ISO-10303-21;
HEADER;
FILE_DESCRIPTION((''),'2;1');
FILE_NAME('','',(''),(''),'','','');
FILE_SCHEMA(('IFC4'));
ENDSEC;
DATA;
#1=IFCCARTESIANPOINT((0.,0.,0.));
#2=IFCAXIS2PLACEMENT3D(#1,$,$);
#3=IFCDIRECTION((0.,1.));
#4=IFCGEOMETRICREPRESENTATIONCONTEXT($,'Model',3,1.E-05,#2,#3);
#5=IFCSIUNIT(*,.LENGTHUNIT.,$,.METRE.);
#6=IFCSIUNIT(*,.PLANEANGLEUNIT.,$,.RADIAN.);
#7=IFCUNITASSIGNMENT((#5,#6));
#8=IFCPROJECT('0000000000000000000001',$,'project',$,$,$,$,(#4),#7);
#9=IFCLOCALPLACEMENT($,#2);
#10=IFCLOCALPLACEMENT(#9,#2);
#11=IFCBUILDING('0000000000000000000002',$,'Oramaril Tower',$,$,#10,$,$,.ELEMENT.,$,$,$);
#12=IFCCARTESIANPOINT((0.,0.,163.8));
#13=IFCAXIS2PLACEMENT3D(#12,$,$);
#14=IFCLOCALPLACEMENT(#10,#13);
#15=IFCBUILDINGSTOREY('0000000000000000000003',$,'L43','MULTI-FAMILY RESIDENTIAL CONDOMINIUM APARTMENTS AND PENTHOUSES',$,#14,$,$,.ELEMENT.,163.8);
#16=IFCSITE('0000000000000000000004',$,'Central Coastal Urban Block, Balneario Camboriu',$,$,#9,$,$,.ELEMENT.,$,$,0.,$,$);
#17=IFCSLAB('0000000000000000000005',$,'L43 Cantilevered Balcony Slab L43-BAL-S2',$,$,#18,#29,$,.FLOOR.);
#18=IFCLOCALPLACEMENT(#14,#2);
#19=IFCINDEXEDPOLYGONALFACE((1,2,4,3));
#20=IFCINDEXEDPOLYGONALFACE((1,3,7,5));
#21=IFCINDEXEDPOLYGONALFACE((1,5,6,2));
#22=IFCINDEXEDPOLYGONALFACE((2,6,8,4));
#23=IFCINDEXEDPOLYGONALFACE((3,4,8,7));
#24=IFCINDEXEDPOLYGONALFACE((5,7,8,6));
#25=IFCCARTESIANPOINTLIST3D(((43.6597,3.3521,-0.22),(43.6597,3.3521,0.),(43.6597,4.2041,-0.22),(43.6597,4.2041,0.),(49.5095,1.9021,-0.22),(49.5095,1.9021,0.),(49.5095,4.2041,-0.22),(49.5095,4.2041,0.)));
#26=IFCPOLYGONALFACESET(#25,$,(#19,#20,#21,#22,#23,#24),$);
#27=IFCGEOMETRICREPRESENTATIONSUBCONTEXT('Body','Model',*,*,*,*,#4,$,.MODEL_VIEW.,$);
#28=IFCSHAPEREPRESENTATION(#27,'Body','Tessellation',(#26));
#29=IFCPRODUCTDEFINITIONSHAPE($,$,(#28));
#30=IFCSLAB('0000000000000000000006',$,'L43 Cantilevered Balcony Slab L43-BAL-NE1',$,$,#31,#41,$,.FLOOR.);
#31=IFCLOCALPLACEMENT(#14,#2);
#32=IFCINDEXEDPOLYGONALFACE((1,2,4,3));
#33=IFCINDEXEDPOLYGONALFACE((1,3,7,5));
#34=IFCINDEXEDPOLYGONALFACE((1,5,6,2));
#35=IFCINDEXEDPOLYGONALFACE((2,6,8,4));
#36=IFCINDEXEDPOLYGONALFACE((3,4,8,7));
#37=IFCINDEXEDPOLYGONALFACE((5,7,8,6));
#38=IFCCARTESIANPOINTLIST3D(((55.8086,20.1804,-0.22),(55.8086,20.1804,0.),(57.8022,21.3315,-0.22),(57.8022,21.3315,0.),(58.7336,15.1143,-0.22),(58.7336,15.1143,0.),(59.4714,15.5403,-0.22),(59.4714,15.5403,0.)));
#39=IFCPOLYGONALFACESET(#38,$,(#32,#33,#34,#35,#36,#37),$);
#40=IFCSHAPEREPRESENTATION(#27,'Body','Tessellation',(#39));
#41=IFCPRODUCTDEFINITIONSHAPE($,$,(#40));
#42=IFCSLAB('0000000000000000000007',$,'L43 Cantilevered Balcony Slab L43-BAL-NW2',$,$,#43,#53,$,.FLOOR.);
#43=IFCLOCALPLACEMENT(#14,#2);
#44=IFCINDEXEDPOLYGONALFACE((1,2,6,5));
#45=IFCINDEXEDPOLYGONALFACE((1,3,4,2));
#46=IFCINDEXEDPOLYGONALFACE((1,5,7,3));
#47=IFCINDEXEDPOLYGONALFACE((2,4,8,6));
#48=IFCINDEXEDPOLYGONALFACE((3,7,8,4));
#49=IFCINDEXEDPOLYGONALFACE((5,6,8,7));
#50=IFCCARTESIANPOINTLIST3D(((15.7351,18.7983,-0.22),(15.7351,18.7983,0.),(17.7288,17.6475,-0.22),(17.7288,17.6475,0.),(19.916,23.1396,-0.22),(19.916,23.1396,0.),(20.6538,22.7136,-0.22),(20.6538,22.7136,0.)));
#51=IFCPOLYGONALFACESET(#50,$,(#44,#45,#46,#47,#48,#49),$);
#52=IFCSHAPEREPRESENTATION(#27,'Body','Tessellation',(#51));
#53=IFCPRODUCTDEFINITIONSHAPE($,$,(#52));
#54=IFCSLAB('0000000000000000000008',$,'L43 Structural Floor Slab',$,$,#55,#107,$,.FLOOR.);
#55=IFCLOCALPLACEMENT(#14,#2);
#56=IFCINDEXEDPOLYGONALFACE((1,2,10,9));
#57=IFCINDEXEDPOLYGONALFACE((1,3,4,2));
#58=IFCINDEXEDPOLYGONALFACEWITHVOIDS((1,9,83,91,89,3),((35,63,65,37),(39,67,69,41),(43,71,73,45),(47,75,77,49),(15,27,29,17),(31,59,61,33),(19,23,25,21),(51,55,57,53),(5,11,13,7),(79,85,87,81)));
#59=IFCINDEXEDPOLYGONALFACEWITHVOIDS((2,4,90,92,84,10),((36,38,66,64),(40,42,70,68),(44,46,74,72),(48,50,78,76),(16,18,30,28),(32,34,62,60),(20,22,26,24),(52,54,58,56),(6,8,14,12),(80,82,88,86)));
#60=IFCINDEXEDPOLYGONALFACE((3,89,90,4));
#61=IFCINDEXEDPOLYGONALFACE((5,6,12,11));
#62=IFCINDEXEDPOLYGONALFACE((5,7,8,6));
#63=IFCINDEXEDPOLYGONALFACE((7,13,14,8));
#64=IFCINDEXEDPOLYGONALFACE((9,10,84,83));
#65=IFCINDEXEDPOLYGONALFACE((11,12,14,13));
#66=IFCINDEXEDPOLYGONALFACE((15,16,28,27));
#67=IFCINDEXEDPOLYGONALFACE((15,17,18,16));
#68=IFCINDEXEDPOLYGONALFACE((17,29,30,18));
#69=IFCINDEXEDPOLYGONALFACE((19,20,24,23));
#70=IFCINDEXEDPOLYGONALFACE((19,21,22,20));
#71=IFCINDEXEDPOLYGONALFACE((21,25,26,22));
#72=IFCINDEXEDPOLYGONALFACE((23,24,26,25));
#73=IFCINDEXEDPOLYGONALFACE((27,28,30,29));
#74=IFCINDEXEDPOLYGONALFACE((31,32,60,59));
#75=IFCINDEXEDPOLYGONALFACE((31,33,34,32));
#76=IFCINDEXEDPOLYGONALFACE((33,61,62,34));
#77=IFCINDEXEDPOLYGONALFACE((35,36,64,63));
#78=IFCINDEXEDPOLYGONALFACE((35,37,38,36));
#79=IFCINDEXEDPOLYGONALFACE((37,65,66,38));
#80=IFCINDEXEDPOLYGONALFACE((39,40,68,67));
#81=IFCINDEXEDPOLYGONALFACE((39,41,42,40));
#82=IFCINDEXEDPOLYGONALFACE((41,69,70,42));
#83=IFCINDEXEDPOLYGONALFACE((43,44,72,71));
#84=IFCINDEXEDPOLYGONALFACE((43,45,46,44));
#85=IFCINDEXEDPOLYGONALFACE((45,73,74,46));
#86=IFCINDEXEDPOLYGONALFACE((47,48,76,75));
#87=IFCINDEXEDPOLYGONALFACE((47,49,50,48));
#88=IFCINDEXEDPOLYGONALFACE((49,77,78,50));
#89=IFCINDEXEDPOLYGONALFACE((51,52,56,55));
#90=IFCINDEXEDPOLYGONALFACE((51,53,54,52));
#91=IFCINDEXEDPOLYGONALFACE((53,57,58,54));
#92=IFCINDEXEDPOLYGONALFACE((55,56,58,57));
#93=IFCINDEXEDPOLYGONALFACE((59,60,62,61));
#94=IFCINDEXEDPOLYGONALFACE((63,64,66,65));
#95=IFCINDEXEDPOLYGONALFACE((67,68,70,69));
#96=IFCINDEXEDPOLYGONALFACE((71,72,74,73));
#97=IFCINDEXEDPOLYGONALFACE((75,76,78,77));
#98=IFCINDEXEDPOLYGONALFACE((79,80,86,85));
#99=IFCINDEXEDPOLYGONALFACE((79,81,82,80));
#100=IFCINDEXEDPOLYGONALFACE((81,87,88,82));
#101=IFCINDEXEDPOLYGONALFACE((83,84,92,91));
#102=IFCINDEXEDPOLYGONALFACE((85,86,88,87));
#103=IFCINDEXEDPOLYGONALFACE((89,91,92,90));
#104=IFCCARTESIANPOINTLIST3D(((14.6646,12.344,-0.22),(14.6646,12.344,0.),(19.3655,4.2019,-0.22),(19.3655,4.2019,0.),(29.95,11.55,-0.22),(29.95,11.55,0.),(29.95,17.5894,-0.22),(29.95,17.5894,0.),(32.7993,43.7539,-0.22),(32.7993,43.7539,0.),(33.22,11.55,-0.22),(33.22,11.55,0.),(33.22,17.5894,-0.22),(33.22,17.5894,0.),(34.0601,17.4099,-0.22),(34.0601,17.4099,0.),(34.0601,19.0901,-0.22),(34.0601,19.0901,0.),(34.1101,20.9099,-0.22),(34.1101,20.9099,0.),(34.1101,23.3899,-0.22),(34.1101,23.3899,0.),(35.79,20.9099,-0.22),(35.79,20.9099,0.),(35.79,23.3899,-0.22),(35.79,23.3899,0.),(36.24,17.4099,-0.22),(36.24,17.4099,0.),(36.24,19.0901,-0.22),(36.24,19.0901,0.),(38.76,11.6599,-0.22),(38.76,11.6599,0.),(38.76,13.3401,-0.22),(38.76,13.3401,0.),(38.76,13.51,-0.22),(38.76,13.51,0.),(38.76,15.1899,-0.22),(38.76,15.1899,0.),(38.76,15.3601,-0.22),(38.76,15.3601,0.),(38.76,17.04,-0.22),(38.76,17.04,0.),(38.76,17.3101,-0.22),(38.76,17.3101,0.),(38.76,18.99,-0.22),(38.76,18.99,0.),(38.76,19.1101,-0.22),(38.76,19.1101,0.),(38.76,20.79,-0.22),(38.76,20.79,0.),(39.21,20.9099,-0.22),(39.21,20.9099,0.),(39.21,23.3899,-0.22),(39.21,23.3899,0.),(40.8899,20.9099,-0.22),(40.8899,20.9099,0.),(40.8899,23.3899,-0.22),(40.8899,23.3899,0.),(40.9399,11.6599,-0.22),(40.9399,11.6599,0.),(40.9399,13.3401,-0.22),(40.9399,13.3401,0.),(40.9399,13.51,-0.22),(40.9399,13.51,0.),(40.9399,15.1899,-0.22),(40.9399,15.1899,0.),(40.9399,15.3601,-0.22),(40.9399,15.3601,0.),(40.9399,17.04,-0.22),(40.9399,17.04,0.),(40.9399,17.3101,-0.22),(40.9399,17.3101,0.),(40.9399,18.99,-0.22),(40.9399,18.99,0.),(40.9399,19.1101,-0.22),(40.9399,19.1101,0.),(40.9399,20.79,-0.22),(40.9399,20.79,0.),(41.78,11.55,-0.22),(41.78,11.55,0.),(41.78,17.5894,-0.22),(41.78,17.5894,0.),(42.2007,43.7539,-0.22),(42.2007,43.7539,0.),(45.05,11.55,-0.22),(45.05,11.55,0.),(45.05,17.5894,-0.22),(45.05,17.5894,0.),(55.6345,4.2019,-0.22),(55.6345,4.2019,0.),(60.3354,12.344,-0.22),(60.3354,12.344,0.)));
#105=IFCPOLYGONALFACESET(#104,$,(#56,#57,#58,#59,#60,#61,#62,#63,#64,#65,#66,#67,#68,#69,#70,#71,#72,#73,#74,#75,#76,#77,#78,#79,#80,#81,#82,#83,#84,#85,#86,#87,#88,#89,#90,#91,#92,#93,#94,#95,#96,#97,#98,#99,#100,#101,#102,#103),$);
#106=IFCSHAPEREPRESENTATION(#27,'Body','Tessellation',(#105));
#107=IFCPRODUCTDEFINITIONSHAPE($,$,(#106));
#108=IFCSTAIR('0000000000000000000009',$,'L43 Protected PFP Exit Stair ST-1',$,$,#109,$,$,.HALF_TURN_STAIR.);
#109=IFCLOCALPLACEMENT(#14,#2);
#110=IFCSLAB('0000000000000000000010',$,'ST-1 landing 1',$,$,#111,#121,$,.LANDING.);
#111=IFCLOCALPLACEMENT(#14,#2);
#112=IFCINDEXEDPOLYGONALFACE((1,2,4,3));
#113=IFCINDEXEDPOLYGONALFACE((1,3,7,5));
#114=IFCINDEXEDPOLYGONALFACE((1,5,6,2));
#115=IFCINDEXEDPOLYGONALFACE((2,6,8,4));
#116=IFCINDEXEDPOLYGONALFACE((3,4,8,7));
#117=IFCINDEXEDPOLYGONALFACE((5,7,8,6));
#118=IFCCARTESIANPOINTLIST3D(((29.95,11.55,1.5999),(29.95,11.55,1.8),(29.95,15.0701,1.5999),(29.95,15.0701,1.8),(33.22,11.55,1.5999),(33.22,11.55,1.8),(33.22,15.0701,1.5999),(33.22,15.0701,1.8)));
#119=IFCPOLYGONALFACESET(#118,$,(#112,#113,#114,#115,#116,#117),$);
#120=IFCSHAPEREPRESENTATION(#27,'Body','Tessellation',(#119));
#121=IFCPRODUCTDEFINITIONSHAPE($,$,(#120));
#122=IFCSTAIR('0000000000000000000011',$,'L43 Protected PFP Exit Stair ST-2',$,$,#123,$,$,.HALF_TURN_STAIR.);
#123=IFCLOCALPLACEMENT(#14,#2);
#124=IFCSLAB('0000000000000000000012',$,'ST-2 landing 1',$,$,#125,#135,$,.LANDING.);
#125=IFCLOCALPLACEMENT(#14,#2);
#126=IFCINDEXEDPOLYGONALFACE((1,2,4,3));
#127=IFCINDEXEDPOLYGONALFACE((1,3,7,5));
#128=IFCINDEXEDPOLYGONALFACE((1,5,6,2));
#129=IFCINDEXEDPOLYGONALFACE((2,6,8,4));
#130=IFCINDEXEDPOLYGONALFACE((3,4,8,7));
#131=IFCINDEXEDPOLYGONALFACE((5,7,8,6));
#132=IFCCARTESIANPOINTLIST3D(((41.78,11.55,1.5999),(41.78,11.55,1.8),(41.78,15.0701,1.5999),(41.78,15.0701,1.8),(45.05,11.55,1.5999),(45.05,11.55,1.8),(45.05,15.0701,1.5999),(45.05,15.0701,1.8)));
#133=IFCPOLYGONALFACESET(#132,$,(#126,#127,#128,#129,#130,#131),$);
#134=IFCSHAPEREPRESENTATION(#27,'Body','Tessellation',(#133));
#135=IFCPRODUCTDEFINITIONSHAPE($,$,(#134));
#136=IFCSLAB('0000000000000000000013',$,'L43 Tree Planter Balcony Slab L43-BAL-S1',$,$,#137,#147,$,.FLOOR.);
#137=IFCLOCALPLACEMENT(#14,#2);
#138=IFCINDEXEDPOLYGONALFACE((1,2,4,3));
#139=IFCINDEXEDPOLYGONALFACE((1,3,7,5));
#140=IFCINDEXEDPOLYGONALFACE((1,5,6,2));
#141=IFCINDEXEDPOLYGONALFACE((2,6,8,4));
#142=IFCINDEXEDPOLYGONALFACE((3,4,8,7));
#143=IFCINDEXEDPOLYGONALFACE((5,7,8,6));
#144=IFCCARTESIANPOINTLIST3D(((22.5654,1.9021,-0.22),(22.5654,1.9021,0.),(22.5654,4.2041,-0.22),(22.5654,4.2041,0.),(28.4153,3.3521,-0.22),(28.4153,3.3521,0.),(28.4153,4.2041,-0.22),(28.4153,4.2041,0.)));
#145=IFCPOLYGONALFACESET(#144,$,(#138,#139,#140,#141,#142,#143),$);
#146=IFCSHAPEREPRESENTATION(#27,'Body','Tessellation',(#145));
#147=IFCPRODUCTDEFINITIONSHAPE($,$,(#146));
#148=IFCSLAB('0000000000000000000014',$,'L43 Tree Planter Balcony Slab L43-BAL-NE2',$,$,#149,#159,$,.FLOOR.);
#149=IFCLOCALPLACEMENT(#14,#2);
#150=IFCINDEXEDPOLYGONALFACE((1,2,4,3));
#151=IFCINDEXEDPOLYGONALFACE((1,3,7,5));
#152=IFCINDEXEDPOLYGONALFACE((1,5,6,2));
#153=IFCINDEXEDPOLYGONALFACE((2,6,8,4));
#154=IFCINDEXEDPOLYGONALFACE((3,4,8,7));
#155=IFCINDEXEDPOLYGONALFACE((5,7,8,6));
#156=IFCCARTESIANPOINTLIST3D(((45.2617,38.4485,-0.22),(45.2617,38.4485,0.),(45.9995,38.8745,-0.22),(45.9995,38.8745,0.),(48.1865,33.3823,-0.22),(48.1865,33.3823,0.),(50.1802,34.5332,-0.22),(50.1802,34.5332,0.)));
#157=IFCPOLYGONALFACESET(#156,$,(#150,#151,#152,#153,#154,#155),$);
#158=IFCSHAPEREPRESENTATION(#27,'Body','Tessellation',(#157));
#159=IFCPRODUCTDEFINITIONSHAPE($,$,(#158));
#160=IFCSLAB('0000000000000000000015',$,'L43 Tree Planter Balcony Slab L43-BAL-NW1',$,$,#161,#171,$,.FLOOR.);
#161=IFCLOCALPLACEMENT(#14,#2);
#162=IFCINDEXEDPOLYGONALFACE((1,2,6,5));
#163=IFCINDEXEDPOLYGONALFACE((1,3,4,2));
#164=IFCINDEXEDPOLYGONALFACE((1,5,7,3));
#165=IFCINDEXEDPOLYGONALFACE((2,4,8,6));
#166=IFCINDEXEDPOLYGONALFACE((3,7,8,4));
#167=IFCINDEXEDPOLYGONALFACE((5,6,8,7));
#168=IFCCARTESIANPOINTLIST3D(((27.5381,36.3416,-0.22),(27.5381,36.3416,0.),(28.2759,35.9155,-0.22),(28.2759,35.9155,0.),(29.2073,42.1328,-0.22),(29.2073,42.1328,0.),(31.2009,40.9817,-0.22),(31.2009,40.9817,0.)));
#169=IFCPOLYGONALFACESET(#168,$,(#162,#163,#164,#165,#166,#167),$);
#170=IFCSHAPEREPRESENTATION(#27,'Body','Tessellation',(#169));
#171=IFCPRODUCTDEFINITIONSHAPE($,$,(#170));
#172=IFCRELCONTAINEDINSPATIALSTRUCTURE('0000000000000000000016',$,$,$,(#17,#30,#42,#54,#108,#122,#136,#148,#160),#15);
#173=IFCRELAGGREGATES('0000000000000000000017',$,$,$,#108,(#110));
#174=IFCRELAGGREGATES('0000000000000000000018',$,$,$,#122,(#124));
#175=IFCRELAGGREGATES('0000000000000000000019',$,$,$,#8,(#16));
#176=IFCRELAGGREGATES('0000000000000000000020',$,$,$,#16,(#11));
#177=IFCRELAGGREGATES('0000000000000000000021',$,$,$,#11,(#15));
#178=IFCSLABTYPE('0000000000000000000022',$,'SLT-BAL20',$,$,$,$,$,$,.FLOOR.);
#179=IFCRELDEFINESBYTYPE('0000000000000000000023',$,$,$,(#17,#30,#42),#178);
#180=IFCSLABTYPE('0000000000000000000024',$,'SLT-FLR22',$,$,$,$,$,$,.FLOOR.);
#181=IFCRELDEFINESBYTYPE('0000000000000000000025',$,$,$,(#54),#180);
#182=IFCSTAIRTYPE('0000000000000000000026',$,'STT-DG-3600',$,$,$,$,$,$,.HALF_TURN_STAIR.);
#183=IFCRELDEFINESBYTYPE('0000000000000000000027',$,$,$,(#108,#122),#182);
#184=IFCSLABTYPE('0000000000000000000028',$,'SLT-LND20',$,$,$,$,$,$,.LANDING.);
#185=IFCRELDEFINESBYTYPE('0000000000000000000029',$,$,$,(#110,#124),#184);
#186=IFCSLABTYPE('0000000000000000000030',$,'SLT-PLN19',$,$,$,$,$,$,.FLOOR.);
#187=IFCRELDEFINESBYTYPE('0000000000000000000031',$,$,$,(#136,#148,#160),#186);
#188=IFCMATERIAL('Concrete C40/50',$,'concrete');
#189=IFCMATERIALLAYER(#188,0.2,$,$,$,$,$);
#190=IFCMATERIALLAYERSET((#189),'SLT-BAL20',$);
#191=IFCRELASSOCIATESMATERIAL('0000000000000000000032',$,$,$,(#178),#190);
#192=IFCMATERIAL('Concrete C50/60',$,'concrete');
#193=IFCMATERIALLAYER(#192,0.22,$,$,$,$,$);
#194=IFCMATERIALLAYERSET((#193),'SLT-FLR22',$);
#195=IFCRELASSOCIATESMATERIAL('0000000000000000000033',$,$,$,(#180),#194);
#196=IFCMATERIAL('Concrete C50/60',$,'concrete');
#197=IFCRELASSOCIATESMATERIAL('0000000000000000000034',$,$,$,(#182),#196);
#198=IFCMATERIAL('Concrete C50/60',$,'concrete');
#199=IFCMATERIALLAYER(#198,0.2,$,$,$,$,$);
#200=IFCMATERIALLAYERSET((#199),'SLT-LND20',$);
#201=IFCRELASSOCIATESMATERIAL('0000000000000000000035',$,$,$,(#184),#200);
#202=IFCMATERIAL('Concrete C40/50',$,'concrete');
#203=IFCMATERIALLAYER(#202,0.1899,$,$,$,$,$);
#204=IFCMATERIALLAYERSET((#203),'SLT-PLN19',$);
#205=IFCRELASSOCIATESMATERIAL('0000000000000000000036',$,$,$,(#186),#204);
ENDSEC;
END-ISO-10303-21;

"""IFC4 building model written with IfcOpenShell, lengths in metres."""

from ifc_helpers import new_model, si_unit, direction, frame, origin, place, context, subcontext, project, spatial, polyline, outline, extrude, material, layer, layer_set, type_object, element, aggregate, save


model = new_model("IFC4")

# Units and contexts
model_context = context("Model", 3, precision=1e-05, world=origin(), true_north=direction((0.0, 1.0)))
body_context = subcontext(model_context, "Body", "Model", "MODEL_VIEW")
ifc_project = project(units=[si_unit("LENGTHUNIT", "METRE"), si_unit("PLANEANGLEUNIT", "RADIAN")], contexts=[model_context])

# Site, building, storey
site_placement = place(None, origin())
site = spatial("IfcSite", under=ifc_project, at=site_placement, Name="Central Coastal Urban Block, Balneario Camboriu", CompositionType="ELEMENT", RefElevation=0.0)
building_placement = place(site_placement, origin())
building = spatial("IfcBuilding", under=site, at=building_placement, Name="Oramaril Tower", CompositionType="ELEMENT")
storey_placement = place(building_placement, frame((0.0, 0.0, 163.8)))
storey = spatial("IfcBuildingStorey", under=building, at=storey_placement, Name="L43", Description="MULTI-FAMILY RESIDENTIAL CONDOMINIUM APARTMENTS AND PENTHOUSES", CompositionType="ELEMENT", Elevation=163.8)

# Slabs
ifc_material_1 = material(Name="Concrete C40/50", Category="concrete")
ifc_layer_1 = layer(ifc_material_1, 0.2)
ifc_layer_set_1 = layer_set([ifc_layer_1], Name="SLT-BAL20")
slab_type_1 = type_object("IfcSlabType", Name="SLT-BAL20", PredefinedType="FLOOR", material=ifc_layer_set_1)
slab_1_placement = place(storey_placement, frame((0.0, 0.0, -0.22)))
element("IfcSlab", 1, at=slab_1_placement, inside=storey, type_object=slab_type_1, Name="L43 Cantilevered Balcony Slab L43-BAL-S2", PredefinedType="FLOOR", context=body_context, shape_type="SweptSolid", body=[
    extrude(outline(polyline([(43.6597, 4.2041), (49.5095, 4.2041), (49.5095, 1.9021), (43.6597, 3.3521), (43.6597, 4.2041)])), origin(), (0.0, 0.0, 1.0), 0.22),
])
slab_2_placement = place(storey_placement, frame((0.0, 0.0, -0.22)))
element("IfcSlab", 2, at=slab_2_placement, inside=storey, type_object=slab_type_1, Name="L43 Cantilevered Balcony Slab L43-BAL-NE1", PredefinedType="FLOOR", context=body_context, shape_type="SweptSolid", body=[
    extrude(outline(polyline([(58.7336, 15.1143), (55.8086, 20.1804), (57.8022, 21.3315), (59.4714, 15.5403), (58.7336, 15.1143)])), origin(), (0.0, 0.0, 1.0), 0.22),
])
slab_3_placement = place(storey_placement, frame((0.0, 0.0, -0.22)))
element("IfcSlab", 3, at=slab_3_placement, inside=storey, type_object=slab_type_1, Name="L43 Cantilevered Balcony Slab L43-BAL-NW2", PredefinedType="FLOOR", context=body_context, shape_type="SweptSolid", body=[
    extrude(outline(polyline([(20.6538, 22.7136), (17.7288, 17.6475), (15.7351, 18.7983), (19.916, 23.1396), (20.6538, 22.7136)])), origin(), (0.0, 0.0, 1.0), 0.22),
])
ifc_material_2 = material(Name="Concrete C50/60", Category="concrete")
ifc_layer_2 = layer(ifc_material_2, 0.22)
ifc_layer_set_2 = layer_set([ifc_layer_2], Name="SLT-FLR22")
slab_type_2 = type_object("IfcSlabType", Name="SLT-FLR22", PredefinedType="FLOOR", material=ifc_layer_set_2)
slab_4_placement = place(storey_placement, frame((0.0, 0.0, -0.22)))
element("IfcSlab", 4, at=slab_4_placement, inside=storey, type_object=slab_type_2, Name="L43 Structural Floor Slab", PredefinedType="FLOOR", context=body_context, shape_type="SweptSolid", body=[
    extrude(outline(polyline([(14.6646, 12.344), (19.3655, 4.2019), (55.6345, 4.2019), (60.3354, 12.344), (42.2007, 43.7539), (32.7993, 43.7539), (14.6646, 12.344)]), holes=[polyline([(29.95, 17.5894), (29.95, 11.55), (33.22, 11.55), (33.22, 17.5894), (29.95, 17.5894)]), polyline([(41.78, 17.5894), (41.78, 11.55), (45.05, 11.55), (45.05, 17.5894), (41.78, 17.5894)]), polyline([(34.1101, 20.9099), (35.79, 20.9099), (35.79, 23.3899), (34.1101, 23.3899), (34.1101, 20.9099)]), polyline([(39.21, 20.9099), (40.8899, 20.9099), (40.8899, 23.3899), (39.21, 23.3899), (39.21, 20.9099)]), polyline([(38.76, 11.6599), (40.9399, 11.6599), (40.9399, 13.3401), (38.76, 13.3401), (38.76, 11.6599)]), polyline([(38.76, 13.51), (40.9399, 13.51), (40.9399, 15.1899), (38.76, 15.1899), (38.76, 13.51)]), polyline([(38.76, 15.3601), (40.9399, 15.3601), (40.9399, 17.04), (38.76, 17.04), (38.76, 15.3601)]), polyline([(34.0601, 17.4099), (36.24, 17.4099), (36.24, 19.0901), (34.0601, 19.0901), (34.0601, 17.4099)]), polyline([(38.76, 17.3101), (40.9399, 17.3101), (40.9399, 18.99), (38.76, 18.99), (38.76, 17.3101)]), polyline([(38.76, 19.1101), (40.9399, 19.1101), (40.9399, 20.79), (38.76, 20.79), (38.76, 19.1101)])]), origin(), (0.0, 0.0, 1.0), 0.22),
])

# Stairs, slabs
ifc_material_3 = material(Name="Concrete C50/60", Category="concrete")
stair_type = type_object("IfcStairType", Name="STT-DG-3600", PredefinedType="HALF_TURN_STAIR", material=ifc_material_3)
stair_1_placement = place(storey_placement, origin())
stair_1 = element("IfcStair", 5, at=stair_1_placement, inside=storey, type_object=stair_type, Name="L43 Protected PFP Exit Stair ST-1", PredefinedType="HALF_TURN_STAIR")
ifc_material_4 = material(Name="Concrete C50/60", Category="concrete")
ifc_layer_3 = layer(ifc_material_4, 0.2)
ifc_layer_set_3 = layer_set([ifc_layer_3], Name="SLT-LND20")
slab_type_3 = type_object("IfcSlabType", Name="SLT-LND20", PredefinedType="LANDING", material=ifc_layer_set_3)
slab_5_placement = place(storey_placement, frame((0.0, 0.0, 1.5999)))
slab_5 = element("IfcSlab", 6, at=slab_5_placement, type_object=slab_type_3, Name="ST-1 landing 1", PredefinedType="LANDING", context=body_context, shape_type="SweptSolid", body=[
    extrude(outline(polyline([(29.95, 15.0701), (29.95, 11.55), (33.22, 11.55), (33.22, 15.0701), (29.95, 15.0701)])), origin(), (0.0, 0.0, 1.0), 0.2002),
])
aggregate(stair_1, [slab_5])
stair_2_placement = place(storey_placement, origin())
stair_2 = element("IfcStair", 7, at=stair_2_placement, inside=storey, type_object=stair_type, Name="L43 Protected PFP Exit Stair ST-2", PredefinedType="HALF_TURN_STAIR")
slab_6_placement = place(storey_placement, frame((0.0, 0.0, 1.5999)))
slab_6 = element("IfcSlab", 8, at=slab_6_placement, type_object=slab_type_3, Name="ST-2 landing 1", PredefinedType="LANDING", context=body_context, shape_type="SweptSolid", body=[
    extrude(outline(polyline([(41.78, 15.0701), (41.78, 11.55), (45.05, 11.55), (45.05, 15.0701), (41.78, 15.0701)])), origin(), (0.0, 0.0, 1.0), 0.2002),
])
aggregate(stair_2, [slab_6])

# Slabs
ifc_material_5 = material(Name="Concrete C40/50", Category="concrete")
ifc_layer_4 = layer(ifc_material_5, 0.1899)
ifc_layer_set_4 = layer_set([ifc_layer_4], Name="SLT-PLN19")
slab_type_4 = type_object("IfcSlabType", Name="SLT-PLN19", PredefinedType="FLOOR", material=ifc_layer_set_4)
slab_7_placement = place(storey_placement, frame((0.0, 0.0, -0.22)))
element("IfcSlab", 9, at=slab_7_placement, inside=storey, type_object=slab_type_4, Name="L43 Tree Planter Balcony Slab L43-BAL-S1", PredefinedType="FLOOR", context=body_context, shape_type="SweptSolid", body=[
    extrude(outline(polyline([(22.5654, 4.2041), (28.4153, 4.2041), (28.4153, 3.3521), (22.5654, 1.9021), (22.5654, 4.2041)])), origin(), (0.0, 0.0, 1.0), 0.22),
])
slab_8_placement = place(storey_placement, frame((0.0, 0.0, -0.22)))
element("IfcSlab", 10, at=slab_8_placement, inside=storey, type_object=slab_type_4, Name="L43 Tree Planter Balcony Slab L43-BAL-NE2", PredefinedType="FLOOR", context=body_context, shape_type="SweptSolid", body=[
    extrude(outline(polyline([(48.1865, 33.3823), (45.2617, 38.4485), (45.9995, 38.8745), (50.1802, 34.5332), (48.1865, 33.3823)])), origin(), (0.0, 0.0, 1.0), 0.22),
])
slab_9_placement = place(storey_placement, frame((0.0, 0.0, -0.22)))
element("IfcSlab", 11, at=slab_9_placement, inside=storey, type_object=slab_type_4, Name="L43 Tree Planter Balcony Slab L43-BAL-NW1", PredefinedType="FLOOR", context=body_context, shape_type="SweptSolid", body=[
    extrude(outline(polyline([(31.2009, 40.9817), (28.2759, 35.9155), (27.5381, 36.3416), (29.2073, 42.1328), (31.2009, 40.9817)])), origin(), (0.0, 0.0, 1.0), 0.22),
])

save(model, "model.ifc")
